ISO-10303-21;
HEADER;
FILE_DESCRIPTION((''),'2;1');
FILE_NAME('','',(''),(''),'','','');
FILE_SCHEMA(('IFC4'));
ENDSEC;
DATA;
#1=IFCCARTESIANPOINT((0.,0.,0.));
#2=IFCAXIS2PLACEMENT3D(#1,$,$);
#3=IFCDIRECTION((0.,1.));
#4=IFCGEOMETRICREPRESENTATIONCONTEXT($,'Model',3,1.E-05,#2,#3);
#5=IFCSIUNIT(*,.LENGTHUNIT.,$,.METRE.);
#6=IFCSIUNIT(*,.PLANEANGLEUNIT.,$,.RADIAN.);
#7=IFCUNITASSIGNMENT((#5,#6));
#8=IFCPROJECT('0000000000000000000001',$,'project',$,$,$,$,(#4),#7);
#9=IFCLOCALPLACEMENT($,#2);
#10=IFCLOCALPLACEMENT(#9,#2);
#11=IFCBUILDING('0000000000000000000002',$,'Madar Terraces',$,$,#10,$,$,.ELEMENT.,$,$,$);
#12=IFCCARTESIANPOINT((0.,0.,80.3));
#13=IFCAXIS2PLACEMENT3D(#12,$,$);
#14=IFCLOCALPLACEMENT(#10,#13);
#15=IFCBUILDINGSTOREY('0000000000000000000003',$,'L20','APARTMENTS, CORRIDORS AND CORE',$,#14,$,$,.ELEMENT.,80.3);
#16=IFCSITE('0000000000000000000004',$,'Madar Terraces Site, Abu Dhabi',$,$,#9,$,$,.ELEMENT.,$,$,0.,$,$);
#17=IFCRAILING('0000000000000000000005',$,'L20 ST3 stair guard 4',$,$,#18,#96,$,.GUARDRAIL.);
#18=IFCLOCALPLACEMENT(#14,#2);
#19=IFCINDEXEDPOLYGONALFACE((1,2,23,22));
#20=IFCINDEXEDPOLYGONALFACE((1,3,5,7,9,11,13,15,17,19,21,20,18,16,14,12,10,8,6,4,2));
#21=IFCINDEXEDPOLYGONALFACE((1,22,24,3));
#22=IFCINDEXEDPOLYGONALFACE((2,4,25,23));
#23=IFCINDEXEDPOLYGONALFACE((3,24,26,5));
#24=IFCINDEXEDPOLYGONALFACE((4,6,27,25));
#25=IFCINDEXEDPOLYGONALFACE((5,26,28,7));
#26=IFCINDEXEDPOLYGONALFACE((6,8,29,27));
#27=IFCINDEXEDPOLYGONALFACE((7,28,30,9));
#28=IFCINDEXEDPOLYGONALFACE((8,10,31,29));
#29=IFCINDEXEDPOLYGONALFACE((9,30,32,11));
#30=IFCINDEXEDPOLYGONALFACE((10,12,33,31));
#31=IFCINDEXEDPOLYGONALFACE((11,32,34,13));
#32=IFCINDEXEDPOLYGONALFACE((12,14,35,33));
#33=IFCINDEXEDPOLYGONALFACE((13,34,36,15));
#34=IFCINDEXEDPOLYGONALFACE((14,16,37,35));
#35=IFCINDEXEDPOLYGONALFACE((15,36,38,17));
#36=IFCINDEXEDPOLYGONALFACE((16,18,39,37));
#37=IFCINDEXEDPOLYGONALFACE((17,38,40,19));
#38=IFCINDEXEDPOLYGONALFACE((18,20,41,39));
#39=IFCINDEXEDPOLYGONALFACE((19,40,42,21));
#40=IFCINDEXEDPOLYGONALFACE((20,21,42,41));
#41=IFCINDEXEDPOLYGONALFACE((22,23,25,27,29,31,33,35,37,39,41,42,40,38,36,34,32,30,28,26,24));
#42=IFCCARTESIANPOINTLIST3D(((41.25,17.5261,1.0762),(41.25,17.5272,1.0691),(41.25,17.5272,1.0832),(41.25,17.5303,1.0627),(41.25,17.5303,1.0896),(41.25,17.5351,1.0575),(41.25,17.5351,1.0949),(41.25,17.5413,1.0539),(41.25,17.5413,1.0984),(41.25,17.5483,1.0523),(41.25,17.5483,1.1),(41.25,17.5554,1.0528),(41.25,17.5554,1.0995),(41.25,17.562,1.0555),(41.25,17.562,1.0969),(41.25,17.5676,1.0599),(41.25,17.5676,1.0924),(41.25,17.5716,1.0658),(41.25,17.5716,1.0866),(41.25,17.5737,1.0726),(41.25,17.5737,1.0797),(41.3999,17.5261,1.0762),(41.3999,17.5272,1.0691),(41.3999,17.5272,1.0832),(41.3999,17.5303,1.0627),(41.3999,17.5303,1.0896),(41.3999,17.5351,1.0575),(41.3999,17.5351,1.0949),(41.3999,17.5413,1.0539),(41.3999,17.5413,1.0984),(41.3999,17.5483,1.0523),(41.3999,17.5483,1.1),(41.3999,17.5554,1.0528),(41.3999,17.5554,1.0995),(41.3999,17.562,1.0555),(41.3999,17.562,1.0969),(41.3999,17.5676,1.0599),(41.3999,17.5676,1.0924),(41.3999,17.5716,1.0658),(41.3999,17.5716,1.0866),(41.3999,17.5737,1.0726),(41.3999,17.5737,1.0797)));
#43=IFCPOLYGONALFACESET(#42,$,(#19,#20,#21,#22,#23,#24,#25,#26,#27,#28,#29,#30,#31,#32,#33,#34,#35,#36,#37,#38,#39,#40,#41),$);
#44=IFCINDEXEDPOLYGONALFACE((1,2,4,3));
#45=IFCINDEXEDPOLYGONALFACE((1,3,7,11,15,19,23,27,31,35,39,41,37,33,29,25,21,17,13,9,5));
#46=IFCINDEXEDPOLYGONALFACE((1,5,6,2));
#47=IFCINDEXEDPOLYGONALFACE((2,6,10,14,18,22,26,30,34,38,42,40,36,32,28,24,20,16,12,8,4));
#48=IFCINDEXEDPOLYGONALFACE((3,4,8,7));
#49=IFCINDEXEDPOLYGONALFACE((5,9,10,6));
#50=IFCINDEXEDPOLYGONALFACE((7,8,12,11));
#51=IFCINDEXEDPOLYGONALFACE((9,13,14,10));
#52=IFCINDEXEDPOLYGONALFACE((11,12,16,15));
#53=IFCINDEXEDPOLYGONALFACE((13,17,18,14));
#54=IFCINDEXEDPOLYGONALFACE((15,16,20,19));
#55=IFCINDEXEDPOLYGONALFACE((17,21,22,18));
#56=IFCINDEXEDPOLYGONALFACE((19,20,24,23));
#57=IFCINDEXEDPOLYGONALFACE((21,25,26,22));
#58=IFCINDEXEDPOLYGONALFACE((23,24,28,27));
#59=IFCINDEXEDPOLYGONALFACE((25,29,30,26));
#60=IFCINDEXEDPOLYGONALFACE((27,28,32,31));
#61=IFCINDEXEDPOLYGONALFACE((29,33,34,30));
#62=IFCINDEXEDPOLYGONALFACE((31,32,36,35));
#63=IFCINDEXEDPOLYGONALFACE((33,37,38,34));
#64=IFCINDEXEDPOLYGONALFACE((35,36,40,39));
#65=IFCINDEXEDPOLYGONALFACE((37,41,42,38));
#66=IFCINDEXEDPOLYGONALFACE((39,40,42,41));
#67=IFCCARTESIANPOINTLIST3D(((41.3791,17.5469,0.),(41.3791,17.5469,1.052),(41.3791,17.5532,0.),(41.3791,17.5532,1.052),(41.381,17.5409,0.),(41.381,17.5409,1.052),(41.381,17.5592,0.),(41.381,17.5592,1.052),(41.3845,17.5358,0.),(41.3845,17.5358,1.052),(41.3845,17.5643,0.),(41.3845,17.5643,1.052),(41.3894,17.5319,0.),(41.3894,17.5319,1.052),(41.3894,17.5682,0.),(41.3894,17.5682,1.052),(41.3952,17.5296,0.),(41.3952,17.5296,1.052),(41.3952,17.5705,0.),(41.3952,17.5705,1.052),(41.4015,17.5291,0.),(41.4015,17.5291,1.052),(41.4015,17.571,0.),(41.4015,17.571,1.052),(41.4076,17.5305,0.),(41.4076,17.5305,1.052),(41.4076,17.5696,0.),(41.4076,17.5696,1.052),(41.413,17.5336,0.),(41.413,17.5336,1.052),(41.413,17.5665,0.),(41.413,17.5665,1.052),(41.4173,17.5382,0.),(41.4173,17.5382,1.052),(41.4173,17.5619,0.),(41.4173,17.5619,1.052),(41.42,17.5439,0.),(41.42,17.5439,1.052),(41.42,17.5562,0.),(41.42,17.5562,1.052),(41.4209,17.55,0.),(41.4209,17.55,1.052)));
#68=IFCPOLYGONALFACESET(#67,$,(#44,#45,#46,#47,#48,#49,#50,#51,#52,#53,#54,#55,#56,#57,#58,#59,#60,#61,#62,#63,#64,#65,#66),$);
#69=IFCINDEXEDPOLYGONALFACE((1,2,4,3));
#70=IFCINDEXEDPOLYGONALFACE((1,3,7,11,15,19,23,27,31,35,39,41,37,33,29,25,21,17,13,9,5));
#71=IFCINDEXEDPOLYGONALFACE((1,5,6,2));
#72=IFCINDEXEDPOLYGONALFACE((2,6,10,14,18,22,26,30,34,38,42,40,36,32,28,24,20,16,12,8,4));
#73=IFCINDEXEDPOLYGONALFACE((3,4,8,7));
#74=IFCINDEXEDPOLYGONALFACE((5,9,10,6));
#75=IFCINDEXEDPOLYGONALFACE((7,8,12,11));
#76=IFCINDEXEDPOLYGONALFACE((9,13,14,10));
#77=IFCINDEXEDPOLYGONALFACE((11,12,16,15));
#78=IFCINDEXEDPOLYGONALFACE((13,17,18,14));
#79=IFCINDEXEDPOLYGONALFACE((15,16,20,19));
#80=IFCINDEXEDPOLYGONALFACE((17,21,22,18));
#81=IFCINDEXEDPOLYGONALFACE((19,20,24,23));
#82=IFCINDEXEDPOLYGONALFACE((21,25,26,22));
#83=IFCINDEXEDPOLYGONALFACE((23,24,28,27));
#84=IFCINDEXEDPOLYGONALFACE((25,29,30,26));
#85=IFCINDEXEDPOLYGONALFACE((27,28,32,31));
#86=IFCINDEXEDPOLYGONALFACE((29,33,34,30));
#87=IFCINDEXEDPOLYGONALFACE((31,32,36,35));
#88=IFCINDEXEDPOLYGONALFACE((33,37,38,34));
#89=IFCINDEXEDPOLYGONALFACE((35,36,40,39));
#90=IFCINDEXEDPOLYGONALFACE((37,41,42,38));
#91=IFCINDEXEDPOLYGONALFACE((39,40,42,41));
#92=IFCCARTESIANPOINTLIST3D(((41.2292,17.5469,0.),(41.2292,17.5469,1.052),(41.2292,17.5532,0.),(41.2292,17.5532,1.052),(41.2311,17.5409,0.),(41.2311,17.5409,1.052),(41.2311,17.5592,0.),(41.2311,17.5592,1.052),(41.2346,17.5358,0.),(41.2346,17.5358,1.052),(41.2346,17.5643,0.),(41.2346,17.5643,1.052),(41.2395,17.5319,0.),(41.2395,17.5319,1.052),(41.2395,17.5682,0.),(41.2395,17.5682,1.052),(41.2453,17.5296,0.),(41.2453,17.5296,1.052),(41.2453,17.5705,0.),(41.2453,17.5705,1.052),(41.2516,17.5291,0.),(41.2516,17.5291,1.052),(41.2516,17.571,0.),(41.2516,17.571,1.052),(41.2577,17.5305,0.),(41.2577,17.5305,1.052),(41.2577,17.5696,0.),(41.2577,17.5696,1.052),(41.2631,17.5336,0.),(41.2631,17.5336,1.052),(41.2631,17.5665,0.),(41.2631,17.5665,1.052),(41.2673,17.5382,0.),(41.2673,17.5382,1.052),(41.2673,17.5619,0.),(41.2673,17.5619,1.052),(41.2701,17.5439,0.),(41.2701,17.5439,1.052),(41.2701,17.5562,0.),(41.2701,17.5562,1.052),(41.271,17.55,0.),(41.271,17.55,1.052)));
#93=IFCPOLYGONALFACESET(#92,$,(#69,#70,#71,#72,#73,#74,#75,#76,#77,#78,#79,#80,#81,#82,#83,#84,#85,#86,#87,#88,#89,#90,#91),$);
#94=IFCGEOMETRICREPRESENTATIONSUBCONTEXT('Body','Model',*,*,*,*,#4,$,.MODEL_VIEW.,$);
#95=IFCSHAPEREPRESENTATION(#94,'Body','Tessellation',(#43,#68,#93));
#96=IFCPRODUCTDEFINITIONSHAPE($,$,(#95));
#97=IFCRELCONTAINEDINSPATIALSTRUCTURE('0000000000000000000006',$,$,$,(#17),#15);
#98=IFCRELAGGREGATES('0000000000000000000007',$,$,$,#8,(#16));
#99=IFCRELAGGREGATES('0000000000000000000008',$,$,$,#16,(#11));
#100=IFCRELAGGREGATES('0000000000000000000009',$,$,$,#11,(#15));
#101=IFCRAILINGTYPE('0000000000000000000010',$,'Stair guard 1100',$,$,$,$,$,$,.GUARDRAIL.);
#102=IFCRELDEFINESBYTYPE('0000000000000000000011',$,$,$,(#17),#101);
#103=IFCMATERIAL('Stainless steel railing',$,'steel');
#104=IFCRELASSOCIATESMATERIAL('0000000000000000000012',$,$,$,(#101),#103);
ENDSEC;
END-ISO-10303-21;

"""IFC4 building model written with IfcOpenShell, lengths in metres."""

from ifc_helpers import new_model, si_unit, direction, frame, origin, origin_2d, place, context, subcontext, project, spatial, circle, extrude, material, type_object, element, save


model = new_model("IFC4")

# Units and contexts
model_context = context("Model", 3, precision=1e-05, world=origin(), true_north=direction((0.0, 1.0)))
body_context = subcontext(model_context, "Body", "Model", "MODEL_VIEW")
ifc_project = project(units=[si_unit("LENGTHUNIT", "METRE"), si_unit("PLANEANGLEUNIT", "RADIAN")], contexts=[model_context])

# Site, building, storey
site_placement = place(None, origin())
site = spatial("IfcSite", under=ifc_project, at=site_placement, Name="Madar Terraces Site, Abu Dhabi", CompositionType="ELEMENT", RefElevation=0.0)
building_placement = place(site_placement, origin())
building = spatial("IfcBuilding", under=site, at=building_placement, Name="Madar Terraces", CompositionType="ELEMENT")
storey_placement = place(building_placement, frame((0.0, 0.0, 80.3)))
storey = spatial("IfcBuildingStorey", under=building, at=storey_placement, Name="L20", Description="APARTMENTS, CORRIDORS AND CORE", CompositionType="ELEMENT", Elevation=80.3)

# Railing
ifc_material_1 = material(Name="Stainless steel railing", Category="steel")
railing_type_1 = type_object("IfcRailingType", Name="Stair guard 1100", PredefinedType="GUARDRAIL", material=ifc_material_1)
railing_1_placement = place(storey_placement, frame((41.3999, 17.55, 0.0)))
element("IfcRailing", 1, at=railing_1_placement, inside=storey, type_object=railing_type_1, Name="L20 ST3 stair guard 4", PredefinedType="GUARDRAIL", context=body_context, shape_type="SweptSolid", body=[
    extrude(circle(Radius=0.0239, at=origin_2d()), frame((0.0, 0.0, 1.0762), z_axis=(-1.0, 0.0, 0.0), x_axis=(0.0, -1.0, 0.0)), (0.0, 0.0, 1.0), 0.1499),
    extrude(circle(Radius=0.021, at=origin_2d()), origin(), (0.0, 0.0, 1.0), 1.052),
    extrude(circle(Radius=0.021, at=origin_2d()), frame((-0.1499, 0.0, 0.0)), (0.0, 0.0, 1.0), 1.052),
])

save(model, "model.ifc")
